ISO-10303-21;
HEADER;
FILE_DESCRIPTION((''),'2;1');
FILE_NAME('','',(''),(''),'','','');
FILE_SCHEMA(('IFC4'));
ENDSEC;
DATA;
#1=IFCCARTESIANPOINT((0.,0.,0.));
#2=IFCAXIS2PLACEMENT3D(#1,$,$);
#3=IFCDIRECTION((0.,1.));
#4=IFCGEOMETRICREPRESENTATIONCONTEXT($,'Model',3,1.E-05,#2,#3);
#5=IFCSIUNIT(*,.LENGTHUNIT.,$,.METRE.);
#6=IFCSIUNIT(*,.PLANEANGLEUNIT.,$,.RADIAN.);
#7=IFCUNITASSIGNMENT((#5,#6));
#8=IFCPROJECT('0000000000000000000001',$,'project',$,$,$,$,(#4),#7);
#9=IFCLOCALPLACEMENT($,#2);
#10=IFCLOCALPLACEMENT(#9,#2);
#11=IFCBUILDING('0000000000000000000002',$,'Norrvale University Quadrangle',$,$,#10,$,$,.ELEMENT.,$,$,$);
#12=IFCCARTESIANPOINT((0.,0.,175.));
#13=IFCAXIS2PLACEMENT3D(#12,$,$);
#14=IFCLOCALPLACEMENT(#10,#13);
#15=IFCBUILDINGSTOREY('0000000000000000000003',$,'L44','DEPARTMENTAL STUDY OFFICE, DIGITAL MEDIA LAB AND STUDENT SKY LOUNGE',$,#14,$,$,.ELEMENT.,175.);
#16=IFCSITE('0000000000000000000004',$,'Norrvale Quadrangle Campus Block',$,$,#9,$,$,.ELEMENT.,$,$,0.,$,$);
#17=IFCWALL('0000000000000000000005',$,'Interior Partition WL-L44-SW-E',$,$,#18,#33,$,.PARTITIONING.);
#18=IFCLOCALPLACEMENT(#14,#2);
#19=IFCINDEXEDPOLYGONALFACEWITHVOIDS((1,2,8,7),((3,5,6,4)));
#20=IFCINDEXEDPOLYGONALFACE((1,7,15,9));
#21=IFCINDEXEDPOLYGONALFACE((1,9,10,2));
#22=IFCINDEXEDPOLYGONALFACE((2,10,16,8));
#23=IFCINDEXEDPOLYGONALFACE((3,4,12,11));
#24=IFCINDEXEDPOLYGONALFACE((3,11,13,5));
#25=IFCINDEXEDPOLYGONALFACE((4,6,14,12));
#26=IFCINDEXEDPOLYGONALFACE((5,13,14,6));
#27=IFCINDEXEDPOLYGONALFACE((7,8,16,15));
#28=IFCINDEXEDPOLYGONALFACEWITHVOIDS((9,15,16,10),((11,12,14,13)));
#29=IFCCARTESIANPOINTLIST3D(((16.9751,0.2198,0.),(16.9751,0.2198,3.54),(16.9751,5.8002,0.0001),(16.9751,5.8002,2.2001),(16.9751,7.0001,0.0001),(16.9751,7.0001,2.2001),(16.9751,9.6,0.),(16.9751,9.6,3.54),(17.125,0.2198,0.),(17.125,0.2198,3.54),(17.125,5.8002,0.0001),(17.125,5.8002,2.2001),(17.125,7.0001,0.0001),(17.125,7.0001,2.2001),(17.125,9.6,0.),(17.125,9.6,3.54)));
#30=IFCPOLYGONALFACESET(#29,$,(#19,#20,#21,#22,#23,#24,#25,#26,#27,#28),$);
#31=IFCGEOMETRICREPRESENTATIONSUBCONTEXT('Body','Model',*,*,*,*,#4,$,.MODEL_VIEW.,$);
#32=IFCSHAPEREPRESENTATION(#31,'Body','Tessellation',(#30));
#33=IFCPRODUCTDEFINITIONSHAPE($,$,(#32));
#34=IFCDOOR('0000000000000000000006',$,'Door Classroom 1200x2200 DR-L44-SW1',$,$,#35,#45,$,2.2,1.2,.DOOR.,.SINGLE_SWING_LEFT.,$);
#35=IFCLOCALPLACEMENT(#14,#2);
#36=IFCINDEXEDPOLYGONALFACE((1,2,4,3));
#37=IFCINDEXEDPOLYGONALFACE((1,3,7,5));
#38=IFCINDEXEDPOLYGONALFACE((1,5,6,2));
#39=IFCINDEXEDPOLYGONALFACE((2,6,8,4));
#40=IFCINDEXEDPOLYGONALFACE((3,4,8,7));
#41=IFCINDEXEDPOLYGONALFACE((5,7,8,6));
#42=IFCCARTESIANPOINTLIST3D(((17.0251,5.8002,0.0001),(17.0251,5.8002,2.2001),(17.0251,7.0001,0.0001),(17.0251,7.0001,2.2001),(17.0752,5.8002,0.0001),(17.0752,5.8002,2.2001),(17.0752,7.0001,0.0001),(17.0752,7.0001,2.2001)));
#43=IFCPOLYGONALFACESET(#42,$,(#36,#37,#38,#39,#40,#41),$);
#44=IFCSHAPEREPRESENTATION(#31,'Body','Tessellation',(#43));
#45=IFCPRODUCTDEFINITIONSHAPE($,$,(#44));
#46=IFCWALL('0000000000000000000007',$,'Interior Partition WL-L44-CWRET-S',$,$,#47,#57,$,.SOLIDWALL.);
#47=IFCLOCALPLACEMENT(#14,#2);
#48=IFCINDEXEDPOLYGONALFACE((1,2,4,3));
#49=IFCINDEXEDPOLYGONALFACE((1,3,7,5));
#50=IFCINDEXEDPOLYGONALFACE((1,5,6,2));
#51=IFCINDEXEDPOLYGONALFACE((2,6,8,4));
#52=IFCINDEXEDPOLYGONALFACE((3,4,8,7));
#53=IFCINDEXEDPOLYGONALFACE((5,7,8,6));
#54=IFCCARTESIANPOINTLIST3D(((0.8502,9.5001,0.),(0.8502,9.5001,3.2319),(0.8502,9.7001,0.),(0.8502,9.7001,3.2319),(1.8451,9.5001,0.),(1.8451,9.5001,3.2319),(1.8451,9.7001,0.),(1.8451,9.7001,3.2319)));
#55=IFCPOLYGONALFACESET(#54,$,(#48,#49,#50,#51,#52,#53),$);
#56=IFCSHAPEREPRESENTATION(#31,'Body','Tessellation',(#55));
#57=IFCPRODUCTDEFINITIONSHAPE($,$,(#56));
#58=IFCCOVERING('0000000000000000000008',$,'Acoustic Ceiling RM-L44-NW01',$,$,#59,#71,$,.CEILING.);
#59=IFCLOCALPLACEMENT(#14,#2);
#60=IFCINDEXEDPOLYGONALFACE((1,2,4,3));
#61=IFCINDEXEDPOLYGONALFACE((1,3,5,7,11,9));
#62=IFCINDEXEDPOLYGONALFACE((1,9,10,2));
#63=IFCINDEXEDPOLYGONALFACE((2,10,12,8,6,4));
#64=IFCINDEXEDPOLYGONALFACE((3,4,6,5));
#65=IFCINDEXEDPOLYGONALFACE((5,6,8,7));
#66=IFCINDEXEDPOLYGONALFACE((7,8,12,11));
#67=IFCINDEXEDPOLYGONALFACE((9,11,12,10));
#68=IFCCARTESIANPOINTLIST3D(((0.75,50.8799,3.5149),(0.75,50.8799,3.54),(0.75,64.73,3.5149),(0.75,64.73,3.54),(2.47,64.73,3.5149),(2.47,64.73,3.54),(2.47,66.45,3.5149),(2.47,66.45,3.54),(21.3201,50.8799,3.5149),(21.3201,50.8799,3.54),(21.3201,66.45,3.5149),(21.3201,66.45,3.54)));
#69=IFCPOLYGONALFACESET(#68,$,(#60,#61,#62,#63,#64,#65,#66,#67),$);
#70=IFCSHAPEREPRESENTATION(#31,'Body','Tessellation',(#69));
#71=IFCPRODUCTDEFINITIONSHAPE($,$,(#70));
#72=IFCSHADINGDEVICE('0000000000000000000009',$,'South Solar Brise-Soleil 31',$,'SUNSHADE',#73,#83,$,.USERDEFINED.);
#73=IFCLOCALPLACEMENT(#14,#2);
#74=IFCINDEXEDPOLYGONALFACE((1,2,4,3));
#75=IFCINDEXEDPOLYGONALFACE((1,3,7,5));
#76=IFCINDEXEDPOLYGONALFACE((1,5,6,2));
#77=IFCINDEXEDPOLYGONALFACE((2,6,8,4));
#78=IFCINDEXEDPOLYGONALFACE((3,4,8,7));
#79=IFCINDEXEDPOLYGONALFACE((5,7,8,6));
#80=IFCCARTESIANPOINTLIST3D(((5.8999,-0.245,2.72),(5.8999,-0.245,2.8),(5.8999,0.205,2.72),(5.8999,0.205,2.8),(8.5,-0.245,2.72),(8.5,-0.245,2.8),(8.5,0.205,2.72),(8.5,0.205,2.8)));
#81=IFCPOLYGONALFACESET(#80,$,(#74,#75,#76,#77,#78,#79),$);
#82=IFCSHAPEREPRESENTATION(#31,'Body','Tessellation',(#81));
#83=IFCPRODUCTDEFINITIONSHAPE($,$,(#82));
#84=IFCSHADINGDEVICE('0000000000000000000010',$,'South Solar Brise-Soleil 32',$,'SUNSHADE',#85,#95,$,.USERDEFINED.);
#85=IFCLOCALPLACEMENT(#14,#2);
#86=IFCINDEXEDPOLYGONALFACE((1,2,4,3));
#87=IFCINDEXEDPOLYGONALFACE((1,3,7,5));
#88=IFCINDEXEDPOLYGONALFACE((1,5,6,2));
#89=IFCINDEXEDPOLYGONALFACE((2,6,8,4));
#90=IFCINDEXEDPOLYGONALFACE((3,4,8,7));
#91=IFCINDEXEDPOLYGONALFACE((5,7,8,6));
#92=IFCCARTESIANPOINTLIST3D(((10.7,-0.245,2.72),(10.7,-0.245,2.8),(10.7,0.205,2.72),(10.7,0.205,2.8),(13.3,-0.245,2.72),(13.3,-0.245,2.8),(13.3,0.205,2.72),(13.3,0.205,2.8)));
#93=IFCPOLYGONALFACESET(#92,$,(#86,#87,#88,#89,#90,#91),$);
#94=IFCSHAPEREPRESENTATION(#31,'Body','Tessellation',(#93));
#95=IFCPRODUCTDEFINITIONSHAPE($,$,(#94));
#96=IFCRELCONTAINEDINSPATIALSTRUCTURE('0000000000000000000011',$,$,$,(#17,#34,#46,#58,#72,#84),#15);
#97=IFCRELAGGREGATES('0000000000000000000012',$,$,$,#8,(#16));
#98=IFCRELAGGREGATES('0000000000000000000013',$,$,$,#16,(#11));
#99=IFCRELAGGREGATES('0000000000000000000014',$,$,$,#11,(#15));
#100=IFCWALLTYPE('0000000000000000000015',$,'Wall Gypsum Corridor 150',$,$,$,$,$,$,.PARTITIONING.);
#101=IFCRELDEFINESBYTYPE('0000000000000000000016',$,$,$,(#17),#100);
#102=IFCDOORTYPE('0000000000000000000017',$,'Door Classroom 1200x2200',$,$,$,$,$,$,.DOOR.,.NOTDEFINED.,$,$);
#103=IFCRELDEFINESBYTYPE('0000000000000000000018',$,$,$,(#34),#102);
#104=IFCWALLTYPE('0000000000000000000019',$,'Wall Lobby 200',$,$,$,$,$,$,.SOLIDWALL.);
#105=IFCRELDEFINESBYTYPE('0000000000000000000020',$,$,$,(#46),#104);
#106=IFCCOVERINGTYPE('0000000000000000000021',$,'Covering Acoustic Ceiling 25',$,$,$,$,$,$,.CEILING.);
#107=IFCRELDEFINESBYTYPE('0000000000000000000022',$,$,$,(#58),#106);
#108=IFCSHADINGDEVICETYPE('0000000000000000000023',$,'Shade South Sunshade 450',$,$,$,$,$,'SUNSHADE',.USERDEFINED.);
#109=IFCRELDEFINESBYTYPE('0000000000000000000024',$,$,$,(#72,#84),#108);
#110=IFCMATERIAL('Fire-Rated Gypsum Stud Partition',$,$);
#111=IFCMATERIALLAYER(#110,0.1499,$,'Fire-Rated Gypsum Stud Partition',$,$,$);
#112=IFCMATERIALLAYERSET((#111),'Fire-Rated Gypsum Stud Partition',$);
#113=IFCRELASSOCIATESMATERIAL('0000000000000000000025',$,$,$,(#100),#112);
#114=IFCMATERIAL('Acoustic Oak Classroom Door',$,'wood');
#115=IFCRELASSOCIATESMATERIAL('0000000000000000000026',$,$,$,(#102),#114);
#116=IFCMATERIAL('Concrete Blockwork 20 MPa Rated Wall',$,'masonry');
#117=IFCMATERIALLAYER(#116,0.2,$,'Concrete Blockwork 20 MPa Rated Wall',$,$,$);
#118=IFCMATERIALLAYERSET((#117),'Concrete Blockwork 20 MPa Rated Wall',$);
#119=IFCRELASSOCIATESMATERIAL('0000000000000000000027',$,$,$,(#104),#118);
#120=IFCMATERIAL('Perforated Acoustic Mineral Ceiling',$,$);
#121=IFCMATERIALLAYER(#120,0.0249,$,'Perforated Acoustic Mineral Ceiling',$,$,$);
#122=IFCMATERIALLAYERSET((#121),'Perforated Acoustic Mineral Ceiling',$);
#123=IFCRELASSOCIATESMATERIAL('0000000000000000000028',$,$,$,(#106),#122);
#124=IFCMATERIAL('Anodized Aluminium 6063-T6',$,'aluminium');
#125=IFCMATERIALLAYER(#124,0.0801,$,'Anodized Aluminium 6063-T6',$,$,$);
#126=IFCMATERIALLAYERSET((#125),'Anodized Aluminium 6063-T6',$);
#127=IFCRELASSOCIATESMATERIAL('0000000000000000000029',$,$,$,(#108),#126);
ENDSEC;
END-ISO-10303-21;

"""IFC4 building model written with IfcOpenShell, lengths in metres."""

from ifc_helpers import new_model, si_unit, direction, frame, frame_2d, origin, origin_2d, place, context, subcontext, project, spatial, polyline, rectangle, outline, extrude, material, layer, layer_set, type_object, element, fill, save


model = new_model("IFC4")

# Units and contexts
model_context = context("Model", 3, precision=1e-05, world=origin(), true_north=direction((0.0, 1.0)))
body_context = subcontext(model_context, "Body", "Model", "MODEL_VIEW")
ifc_project = project(units=[si_unit("LENGTHUNIT", "METRE"), si_unit("PLANEANGLEUNIT", "RADIAN")], contexts=[model_context])

# Site, building, storey
site_placement = place(None, origin())
site = spatial("IfcSite", under=ifc_project, at=site_placement, Name="Norrvale Quadrangle Campus Block", CompositionType="ELEMENT", RefElevation=0.0)
building_placement = place(site_placement, origin())
building = spatial("IfcBuilding", under=site, at=building_placement, Name="Norrvale University Quadrangle", CompositionType="ELEMENT")
storey_placement = place(building_placement, frame((0.0, 0.0, 175.0)))
storey = spatial("IfcBuildingStorey", under=building, at=storey_placement, Name="L44", Description="DEPARTMENTAL STUDY OFFICE, DIGITAL MEDIA LAB AND STUDENT SKY LOUNGE", CompositionType="ELEMENT", Elevation=175.0)

# Shared definitions
ifc_material_1 = material(Name="Fire-Rated Gypsum Stud Partition")
ifc_layer_1 = layer(ifc_material_1, 0.1499, Name="Fire-Rated Gypsum Stud Partition")
ifc_layer_set_1 = layer_set([ifc_layer_1], Name="Fire-Rated Gypsum Stud Partition")
wall_type_1 = type_object("IfcWallType", Name="Wall Gypsum Corridor 150", PredefinedType="PARTITIONING", material=ifc_layer_set_1)

# Wall, opening, door
wall_1_placement = place(storey_placement, frame((17.05, 0.22, 0.0), z_axis=(0.0, 0.0, 1.0), x_axis=(0.0, 1.0, 0.0)))
wall_1 = element("IfcWall", 1, at=wall_1_placement, inside=storey, type_object=wall_type_1, Name="Interior Partition WL-L44-SW-E", PredefinedType="PARTITIONING", context=body_context, shape_type="SweptSolid", body=[
    extrude(rectangle(XDim=9.3801, YDim=0.1499, at=frame_2d((4.6899, 0.0))), origin(), (0.0, 0.0, 1.0), 3.54),
])
opening_1_placement = place(wall_1_placement, frame((5.5801, 0.0, 0.0)))
opening_1 = element("IfcOpeningElement", 2, at=opening_1_placement, cuts=wall_1, PredefinedType="OPENING", context=body_context, shape_type="SweptSolid", body=[
    extrude(rectangle(XDim=1.2, YDim=2.2, at=frame_2d((0.6001, 1.1001))), frame((0.0, 0.0869, 0.0), z_axis=(0.0, -1.0, 0.0), x_axis=(1.0, 0.0, 0.0)), (0.0, 0.0, 1.0), 0.1738),
])
ifc_material_2 = material(Name="Acoustic Oak Classroom Door", Category="wood")
door_type = type_object("IfcDoorType", Name="Door Classroom 1200x2200", OperationType="NOTDEFINED", PredefinedType="DOOR", material=ifc_material_2)
door_placement = place(opening_1_placement, origin())
door = element("IfcDoor", 3, at=door_placement, inside=storey, type_object=door_type, Name="Door Classroom 1200x2200 DR-L44-SW1", OperationType="SINGLE_SWING_LEFT", OverallHeight=2.2, OverallWidth=1.2, PredefinedType="DOOR", context=body_context, shape_type="SweptSolid", body=[
    extrude(rectangle(XDim=1.2, YDim=2.2, at=frame_2d((0.6001, 1.1001))), frame((0.0, 0.0249, 0.0), z_axis=(0.0, -1.0, 0.0), x_axis=(1.0, 0.0, 0.0)), (0.0, 0.0, 1.0), 0.05),
])
fill(opening_1, door)

# Wall
ifc_material_3 = material(Name="Concrete Blockwork 20 MPa Rated Wall", Category="masonry")
ifc_layer_2 = layer(ifc_material_3, 0.2, Name="Concrete Blockwork 20 MPa Rated Wall")
ifc_layer_set_2 = layer_set([ifc_layer_2], Name="Concrete Blockwork 20 MPa Rated Wall")
wall_type_2 = type_object("IfcWallType", Name="Wall Lobby 200", PredefinedType="SOLIDWALL", material=ifc_layer_set_2)
wall_2_placement = place(storey_placement, frame((0.8501, 9.6001, 0.0), z_axis=(0.0, 0.0, 1.0), x_axis=(1.0, 0.0, 0.0)))
element("IfcWall", 4, at=wall_2_placement, inside=storey, type_object=wall_type_2, Name="Interior Partition WL-L44-CWRET-S", PredefinedType="SOLIDWALL", context=body_context, shape_type="SweptSolid", body=[
    extrude(rectangle(XDim=0.9949, YDim=0.2, at=frame_2d((0.4976, 0.0))), origin(), (0.0, 0.0, 1.0), 3.2319),
])

# Covering
ifc_material_4 = material(Name="Perforated Acoustic Mineral Ceiling")
ifc_layer_3 = layer(ifc_material_4, 0.0249, Name="Perforated Acoustic Mineral Ceiling")
ifc_layer_set_3 = layer_set([ifc_layer_3], Name="Perforated Acoustic Mineral Ceiling")
covering_type = type_object("IfcCoveringType", Name="Covering Acoustic Ceiling 25", PredefinedType="CEILING", material=ifc_layer_set_3)
covering_placement = place(storey_placement, frame((0.0, 0.0, 3.5149)))
element("IfcCovering", 5, at=covering_placement, inside=storey, type_object=covering_type, Name="Acoustic Ceiling RM-L44-NW01", PredefinedType="CEILING", context=body_context, shape_type="SweptSolid", body=[
    extrude(outline(polyline([(21.3201, 66.45), (21.3201, 50.8799), (0.75, 50.8799), (0.75, 64.73), (2.47, 64.73), (2.47, 66.45), (21.3201, 66.45)])), origin(), (0.0, 0.0, 1.0), 0.0251),
])

# Shading devices
ifc_material_5 = material(Name="Anodized Aluminium 6063-T6", Category="aluminium")
ifc_layer_4 = layer(ifc_material_5, 0.0801, Name="Anodized Aluminium 6063-T6")
ifc_layer_set_4 = layer_set([ifc_layer_4], Name="Anodized Aluminium 6063-T6")
shading_device_type = type_object("IfcShadingDeviceType", Name="Shade South Sunshade 450", ElementType="SUNSHADE", PredefinedType="USERDEFINED", material=ifc_layer_set_4)
for number, where, z_axis, x_axis, name in (
    (6, (7.2, -0.02, 2.72), (0.0, 0.0, 1.0), (1.0, 0.0, 0.0), "South Solar Brise-Soleil 31"),
    (7, (12.0, -0.02, 2.72), (0.0, 0.0, 1.0), (1.0, 0.0, 0.0), "South Solar Brise-Soleil 32"),
):
    element("IfcShadingDevice", number, at=place(storey_placement, frame(where, z_axis=z_axis, x_axis=x_axis)), inside=storey, type_object=shading_device_type, Name=name, ObjectType="SUNSHADE", PredefinedType="USERDEFINED", context=body_context, shape_type="SweptSolid", body=[
        extrude(rectangle(XDim=2.6001, YDim=0.45, at=origin_2d()), origin(), (0.0, 0.0, 1.0), 0.0801),
    ])

save(model, "model.ifc")
